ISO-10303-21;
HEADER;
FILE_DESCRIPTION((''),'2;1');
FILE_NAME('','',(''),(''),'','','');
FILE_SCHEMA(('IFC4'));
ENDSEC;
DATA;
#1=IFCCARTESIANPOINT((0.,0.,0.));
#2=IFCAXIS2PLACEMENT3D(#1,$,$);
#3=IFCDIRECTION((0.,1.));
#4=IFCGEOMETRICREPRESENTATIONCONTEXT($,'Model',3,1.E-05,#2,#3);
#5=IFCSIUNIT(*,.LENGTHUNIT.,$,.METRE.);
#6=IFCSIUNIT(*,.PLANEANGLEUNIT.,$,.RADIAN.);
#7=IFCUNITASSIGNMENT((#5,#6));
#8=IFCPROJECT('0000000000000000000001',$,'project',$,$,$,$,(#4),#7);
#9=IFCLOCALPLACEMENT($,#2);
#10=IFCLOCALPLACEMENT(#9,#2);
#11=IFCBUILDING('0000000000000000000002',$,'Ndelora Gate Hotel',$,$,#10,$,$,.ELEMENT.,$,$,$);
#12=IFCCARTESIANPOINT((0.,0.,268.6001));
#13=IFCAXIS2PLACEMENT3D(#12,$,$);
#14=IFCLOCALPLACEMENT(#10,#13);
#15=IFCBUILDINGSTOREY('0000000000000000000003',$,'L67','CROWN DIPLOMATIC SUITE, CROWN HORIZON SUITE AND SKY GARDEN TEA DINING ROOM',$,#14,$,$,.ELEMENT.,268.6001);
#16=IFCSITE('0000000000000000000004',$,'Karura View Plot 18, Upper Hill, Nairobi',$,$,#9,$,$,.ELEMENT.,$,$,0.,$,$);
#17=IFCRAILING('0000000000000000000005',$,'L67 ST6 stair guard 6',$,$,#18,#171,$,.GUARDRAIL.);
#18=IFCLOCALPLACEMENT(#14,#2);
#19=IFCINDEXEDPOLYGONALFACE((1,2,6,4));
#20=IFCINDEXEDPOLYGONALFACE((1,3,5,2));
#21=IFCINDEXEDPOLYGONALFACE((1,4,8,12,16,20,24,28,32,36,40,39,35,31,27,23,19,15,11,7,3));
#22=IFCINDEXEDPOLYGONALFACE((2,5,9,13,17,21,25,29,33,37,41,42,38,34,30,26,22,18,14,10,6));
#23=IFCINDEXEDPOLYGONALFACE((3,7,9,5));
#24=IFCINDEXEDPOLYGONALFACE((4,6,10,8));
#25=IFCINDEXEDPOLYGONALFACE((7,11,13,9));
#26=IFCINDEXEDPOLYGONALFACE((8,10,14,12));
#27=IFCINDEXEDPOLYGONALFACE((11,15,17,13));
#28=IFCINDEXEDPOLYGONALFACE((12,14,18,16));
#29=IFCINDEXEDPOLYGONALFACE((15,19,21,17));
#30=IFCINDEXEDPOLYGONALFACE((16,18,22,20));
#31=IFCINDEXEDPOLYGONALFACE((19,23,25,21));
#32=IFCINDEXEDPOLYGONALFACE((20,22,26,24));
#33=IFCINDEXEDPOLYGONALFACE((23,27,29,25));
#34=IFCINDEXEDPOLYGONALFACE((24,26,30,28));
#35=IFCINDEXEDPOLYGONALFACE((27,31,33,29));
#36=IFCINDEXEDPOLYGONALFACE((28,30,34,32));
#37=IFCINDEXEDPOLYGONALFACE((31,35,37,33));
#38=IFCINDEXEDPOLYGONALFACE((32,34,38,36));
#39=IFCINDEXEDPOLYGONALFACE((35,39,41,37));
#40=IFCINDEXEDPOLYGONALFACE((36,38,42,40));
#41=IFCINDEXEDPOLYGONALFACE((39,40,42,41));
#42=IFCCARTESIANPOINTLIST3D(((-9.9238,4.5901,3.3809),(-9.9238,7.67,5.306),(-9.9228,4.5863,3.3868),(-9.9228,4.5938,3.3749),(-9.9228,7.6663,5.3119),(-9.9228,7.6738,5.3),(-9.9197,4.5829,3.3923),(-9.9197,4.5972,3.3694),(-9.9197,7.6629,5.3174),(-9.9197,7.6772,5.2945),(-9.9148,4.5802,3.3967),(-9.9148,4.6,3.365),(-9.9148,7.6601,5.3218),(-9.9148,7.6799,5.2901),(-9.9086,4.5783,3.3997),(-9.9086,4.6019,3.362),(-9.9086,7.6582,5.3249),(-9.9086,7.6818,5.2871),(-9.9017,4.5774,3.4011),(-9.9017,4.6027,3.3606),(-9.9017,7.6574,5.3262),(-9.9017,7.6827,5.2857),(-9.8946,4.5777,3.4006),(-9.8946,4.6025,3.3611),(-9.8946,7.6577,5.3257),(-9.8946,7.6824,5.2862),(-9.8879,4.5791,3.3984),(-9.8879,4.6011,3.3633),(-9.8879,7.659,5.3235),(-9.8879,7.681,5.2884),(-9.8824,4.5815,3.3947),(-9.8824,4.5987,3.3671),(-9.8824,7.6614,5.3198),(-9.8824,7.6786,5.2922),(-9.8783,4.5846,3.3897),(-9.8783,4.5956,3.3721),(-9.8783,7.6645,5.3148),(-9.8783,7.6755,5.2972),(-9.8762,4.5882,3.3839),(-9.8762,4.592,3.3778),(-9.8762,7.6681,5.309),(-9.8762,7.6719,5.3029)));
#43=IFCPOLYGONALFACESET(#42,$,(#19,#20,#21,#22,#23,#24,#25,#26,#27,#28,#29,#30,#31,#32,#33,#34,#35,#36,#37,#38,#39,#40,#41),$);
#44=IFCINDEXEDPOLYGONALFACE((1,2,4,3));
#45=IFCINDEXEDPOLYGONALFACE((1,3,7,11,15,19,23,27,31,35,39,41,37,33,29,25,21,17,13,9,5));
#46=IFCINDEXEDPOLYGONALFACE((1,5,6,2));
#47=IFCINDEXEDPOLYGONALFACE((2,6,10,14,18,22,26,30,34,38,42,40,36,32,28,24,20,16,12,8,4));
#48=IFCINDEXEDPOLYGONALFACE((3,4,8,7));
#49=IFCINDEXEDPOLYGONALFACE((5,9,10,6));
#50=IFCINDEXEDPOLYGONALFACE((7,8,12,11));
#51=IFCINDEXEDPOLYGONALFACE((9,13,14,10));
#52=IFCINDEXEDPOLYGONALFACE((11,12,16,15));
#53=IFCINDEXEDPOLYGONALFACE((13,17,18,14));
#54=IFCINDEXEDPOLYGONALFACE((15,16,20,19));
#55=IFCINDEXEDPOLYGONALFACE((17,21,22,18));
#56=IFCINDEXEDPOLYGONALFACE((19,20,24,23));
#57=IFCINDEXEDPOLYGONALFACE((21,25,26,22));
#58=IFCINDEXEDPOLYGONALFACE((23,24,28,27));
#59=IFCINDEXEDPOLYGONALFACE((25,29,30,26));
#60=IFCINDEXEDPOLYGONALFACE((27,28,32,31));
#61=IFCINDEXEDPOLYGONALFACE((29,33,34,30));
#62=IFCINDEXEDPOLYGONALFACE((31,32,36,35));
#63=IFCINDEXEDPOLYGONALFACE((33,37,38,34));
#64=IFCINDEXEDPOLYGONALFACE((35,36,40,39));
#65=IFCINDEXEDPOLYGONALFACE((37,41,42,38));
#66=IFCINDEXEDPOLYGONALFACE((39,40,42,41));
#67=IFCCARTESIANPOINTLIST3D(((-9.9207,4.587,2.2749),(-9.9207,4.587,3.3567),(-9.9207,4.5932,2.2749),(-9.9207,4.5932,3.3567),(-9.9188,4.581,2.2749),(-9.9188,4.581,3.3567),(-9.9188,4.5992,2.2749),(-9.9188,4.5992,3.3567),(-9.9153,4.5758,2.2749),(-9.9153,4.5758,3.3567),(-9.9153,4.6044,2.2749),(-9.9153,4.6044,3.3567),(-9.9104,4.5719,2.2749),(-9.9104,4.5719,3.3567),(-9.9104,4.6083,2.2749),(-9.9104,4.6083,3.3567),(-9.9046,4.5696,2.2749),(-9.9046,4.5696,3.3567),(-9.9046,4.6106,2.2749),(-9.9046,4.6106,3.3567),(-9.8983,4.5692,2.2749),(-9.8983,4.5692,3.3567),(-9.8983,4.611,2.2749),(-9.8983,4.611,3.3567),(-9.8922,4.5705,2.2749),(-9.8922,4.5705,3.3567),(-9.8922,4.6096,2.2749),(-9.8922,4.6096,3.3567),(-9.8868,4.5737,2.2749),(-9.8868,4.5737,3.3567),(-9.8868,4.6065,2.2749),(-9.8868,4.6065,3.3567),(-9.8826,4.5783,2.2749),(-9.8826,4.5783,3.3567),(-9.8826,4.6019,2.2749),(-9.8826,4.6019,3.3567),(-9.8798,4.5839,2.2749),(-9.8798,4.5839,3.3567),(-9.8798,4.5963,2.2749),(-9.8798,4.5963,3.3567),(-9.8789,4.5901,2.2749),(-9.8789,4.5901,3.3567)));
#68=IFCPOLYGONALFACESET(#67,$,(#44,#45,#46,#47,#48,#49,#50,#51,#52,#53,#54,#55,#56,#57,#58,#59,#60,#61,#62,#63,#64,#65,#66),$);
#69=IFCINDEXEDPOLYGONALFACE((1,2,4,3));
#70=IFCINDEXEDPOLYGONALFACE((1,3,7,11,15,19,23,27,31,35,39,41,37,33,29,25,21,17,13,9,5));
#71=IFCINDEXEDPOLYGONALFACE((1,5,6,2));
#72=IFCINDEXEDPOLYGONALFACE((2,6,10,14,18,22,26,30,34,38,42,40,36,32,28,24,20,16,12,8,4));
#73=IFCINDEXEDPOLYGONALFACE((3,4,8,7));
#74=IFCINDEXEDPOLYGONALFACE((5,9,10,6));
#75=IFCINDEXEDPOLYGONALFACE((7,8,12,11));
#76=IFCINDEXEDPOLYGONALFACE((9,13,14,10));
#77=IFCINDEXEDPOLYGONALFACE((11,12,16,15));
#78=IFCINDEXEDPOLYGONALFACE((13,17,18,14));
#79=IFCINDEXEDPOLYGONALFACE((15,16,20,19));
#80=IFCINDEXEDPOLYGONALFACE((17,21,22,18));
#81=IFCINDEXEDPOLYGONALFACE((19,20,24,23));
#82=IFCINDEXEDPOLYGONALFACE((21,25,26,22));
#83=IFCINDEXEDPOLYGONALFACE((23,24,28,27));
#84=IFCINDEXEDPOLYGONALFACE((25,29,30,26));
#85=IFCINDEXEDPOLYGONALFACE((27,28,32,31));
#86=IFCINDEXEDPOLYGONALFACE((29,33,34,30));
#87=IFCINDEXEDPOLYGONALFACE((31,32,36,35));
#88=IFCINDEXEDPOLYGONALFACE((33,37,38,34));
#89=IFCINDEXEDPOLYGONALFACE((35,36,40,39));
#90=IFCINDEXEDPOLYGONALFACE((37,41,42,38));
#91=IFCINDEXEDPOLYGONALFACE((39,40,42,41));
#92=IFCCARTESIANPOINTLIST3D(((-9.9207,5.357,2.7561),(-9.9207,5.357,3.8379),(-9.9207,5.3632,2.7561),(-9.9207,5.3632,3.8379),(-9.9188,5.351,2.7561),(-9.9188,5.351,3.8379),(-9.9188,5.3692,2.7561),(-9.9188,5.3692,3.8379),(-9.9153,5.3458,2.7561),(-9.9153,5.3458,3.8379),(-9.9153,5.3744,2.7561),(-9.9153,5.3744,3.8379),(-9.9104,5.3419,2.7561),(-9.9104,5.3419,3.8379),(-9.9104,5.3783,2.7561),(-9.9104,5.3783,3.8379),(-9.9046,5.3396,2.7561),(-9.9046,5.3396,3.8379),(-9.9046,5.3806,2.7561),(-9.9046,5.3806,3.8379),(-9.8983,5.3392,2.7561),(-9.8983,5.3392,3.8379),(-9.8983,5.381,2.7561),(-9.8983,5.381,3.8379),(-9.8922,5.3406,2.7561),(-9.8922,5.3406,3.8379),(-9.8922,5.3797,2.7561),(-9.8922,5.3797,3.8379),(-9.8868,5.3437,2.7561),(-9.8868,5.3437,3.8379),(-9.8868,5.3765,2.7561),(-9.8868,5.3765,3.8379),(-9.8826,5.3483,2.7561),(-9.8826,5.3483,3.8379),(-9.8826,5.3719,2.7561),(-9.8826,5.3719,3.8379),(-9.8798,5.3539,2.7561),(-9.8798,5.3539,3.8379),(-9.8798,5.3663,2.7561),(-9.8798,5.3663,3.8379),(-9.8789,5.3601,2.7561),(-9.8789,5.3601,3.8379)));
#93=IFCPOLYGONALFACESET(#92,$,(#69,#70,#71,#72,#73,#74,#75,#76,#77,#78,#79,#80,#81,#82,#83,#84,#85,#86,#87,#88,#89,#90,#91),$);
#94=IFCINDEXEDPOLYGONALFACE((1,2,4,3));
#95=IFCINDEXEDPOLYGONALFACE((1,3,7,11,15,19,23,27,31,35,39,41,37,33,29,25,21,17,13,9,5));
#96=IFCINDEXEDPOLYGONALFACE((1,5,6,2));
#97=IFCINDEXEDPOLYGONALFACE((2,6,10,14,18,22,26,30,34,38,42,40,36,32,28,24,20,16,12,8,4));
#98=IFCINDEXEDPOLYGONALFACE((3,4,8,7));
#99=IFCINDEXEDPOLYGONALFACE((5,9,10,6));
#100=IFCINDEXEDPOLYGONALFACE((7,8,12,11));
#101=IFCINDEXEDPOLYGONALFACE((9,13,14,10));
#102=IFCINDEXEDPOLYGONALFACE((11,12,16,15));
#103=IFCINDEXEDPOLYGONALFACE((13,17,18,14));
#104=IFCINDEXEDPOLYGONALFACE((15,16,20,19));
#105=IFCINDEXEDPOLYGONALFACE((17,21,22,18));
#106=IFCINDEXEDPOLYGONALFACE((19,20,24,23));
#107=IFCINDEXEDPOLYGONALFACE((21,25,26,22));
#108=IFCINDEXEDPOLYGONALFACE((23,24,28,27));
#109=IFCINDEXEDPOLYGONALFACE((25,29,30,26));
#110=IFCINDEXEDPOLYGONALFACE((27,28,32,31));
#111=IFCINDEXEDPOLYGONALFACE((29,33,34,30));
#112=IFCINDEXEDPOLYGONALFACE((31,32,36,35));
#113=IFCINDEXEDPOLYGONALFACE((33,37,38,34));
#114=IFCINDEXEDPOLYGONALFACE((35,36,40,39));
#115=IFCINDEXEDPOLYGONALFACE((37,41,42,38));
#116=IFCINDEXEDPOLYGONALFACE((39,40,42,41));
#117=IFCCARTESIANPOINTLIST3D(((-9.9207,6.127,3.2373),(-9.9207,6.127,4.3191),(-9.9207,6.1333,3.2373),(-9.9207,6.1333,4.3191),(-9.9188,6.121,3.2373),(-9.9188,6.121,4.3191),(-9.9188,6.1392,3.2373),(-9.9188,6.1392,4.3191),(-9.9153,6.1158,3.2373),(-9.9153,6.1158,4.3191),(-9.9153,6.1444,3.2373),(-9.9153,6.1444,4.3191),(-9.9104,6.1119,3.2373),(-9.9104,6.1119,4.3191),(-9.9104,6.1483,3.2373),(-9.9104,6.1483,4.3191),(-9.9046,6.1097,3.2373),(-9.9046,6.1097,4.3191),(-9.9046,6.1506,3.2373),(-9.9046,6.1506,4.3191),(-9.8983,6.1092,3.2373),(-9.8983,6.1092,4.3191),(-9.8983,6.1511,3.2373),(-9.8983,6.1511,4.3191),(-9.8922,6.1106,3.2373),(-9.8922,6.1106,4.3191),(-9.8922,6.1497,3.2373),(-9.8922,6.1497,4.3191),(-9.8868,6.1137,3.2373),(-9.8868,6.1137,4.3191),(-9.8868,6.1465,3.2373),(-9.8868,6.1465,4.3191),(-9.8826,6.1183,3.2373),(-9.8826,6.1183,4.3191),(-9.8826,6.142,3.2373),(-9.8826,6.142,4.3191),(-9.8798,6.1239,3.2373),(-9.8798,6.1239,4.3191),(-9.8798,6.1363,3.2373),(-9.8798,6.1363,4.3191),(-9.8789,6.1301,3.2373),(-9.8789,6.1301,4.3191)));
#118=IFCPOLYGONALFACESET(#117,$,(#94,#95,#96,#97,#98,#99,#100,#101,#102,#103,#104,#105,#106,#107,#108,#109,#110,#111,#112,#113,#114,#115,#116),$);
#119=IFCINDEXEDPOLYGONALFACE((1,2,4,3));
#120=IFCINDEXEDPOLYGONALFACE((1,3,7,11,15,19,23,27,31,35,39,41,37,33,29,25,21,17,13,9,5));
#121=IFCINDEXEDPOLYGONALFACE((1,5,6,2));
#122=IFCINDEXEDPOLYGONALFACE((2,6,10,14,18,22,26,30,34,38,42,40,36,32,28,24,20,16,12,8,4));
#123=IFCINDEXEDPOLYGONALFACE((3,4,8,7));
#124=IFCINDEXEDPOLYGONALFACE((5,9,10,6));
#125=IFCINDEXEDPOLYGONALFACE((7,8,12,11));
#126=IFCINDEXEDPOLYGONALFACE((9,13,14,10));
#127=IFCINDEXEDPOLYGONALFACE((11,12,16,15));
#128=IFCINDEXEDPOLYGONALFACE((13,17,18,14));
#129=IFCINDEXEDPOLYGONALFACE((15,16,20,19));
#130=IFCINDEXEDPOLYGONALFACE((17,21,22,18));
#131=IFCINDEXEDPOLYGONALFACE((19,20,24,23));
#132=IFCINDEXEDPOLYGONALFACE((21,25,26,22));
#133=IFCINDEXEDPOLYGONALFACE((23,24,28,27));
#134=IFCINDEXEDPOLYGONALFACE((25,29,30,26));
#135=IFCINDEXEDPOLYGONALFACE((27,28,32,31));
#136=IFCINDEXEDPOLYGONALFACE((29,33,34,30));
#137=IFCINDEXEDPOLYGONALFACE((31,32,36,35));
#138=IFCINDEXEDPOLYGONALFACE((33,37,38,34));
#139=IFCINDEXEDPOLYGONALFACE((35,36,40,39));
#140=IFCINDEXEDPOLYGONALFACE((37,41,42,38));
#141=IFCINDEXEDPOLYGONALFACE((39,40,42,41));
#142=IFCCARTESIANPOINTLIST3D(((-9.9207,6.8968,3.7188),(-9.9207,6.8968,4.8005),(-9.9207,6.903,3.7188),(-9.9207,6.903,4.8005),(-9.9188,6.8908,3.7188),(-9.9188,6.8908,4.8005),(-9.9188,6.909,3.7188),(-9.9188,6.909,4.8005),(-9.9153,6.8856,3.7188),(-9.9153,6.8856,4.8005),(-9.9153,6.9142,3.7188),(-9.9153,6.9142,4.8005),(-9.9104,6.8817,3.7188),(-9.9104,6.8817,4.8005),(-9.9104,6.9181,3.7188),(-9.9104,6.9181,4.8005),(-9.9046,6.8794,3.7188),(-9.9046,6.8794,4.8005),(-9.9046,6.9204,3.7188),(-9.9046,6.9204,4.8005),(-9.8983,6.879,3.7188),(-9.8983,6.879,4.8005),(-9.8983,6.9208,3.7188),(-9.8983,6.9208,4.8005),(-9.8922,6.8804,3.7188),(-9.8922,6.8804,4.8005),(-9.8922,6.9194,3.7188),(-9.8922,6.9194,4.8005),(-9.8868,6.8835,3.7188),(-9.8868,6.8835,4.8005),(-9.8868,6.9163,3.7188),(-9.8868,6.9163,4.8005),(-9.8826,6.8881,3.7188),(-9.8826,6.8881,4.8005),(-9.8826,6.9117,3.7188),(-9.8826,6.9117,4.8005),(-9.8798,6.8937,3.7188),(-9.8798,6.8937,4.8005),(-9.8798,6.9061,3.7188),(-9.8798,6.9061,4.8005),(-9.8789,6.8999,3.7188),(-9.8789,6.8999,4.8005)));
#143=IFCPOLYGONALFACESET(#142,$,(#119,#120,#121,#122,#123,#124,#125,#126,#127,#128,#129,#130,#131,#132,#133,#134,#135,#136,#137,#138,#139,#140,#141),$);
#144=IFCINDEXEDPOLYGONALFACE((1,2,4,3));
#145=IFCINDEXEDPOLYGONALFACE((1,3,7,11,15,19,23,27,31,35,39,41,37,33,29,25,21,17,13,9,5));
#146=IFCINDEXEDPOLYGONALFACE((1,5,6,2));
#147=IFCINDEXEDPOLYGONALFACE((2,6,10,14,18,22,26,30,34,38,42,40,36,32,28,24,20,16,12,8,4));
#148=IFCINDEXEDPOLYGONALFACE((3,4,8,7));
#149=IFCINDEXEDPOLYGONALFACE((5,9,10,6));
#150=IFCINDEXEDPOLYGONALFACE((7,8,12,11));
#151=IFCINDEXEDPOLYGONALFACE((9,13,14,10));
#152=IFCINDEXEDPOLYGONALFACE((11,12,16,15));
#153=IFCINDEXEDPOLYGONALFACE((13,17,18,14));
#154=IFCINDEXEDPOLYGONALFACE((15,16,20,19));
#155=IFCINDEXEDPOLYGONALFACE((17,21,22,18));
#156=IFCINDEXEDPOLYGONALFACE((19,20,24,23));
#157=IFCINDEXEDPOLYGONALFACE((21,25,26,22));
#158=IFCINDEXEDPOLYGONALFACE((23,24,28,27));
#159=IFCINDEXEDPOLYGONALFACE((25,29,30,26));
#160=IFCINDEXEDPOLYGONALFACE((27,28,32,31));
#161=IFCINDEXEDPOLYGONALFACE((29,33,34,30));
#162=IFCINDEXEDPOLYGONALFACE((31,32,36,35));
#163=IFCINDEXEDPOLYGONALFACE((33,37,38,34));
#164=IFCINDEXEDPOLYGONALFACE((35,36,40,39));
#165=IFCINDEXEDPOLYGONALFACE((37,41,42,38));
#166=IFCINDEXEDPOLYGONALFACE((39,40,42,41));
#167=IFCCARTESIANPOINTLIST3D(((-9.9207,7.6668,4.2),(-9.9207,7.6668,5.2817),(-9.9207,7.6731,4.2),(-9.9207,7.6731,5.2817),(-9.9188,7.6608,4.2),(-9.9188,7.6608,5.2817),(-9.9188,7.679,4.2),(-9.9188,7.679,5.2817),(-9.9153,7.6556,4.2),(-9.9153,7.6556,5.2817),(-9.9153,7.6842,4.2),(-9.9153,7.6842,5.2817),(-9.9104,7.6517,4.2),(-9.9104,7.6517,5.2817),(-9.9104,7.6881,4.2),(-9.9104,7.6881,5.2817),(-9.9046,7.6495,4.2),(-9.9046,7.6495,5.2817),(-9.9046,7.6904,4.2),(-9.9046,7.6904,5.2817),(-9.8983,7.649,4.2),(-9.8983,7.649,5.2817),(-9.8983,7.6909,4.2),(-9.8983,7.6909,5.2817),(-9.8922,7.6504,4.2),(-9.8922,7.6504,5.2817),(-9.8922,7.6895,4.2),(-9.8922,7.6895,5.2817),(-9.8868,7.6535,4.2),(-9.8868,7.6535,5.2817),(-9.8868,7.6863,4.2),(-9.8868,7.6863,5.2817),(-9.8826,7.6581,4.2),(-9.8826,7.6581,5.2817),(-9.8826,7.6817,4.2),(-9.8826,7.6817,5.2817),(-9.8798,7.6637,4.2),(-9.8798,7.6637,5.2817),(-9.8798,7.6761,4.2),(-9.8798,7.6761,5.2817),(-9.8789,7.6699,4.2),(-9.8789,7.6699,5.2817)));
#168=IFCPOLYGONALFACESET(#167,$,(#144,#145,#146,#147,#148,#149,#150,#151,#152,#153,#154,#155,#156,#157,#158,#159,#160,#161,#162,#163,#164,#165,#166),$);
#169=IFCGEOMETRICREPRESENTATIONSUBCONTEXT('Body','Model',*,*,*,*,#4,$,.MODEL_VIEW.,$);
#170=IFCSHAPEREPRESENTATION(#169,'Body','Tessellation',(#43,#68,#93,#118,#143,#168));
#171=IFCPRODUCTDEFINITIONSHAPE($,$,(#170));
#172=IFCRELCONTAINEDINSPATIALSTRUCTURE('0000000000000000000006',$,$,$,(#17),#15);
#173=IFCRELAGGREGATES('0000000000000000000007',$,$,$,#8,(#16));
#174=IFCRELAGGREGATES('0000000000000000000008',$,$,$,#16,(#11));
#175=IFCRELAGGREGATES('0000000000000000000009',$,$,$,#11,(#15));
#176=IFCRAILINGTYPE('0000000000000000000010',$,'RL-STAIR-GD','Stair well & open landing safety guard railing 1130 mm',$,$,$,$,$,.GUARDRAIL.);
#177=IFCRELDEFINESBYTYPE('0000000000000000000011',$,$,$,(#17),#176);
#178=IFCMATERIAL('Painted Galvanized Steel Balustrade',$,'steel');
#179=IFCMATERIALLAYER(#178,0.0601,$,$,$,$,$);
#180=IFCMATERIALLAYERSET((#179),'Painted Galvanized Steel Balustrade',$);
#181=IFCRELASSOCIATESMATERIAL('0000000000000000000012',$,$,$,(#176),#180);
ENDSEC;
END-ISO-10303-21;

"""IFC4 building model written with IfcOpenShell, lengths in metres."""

from ifc_helpers import new_model, si_unit, direction, frame, origin, origin_2d, place, context, subcontext, project, spatial, circle, extrude, material, layer, layer_set, type_object, element, save


model = new_model("IFC4")

# Units and contexts
model_context = context("Model", 3, precision=1e-05, world=origin(), true_north=direction((0.0, 1.0)))
body_context = subcontext(model_context, "Body", "Model", "MODEL_VIEW")
ifc_project = project(units=[si_unit("LENGTHUNIT", "METRE"), si_unit("PLANEANGLEUNIT", "RADIAN")], contexts=[model_context])

# Site, building, storey
site_placement = place(None, origin())
site = spatial("IfcSite", under=ifc_project, at=site_placement, Name="Karura View Plot 18, Upper Hill, Nairobi", CompositionType="ELEMENT", RefElevation=0.0)
building_placement = place(site_placement, origin())
building = spatial("IfcBuilding", under=site, at=building_placement, Name="Ndelora Gate Hotel", CompositionType="ELEMENT")
storey_placement = place(building_placement, frame((0.0, 0.0, 268.6001)))
storey = spatial("IfcBuildingStorey", under=building, at=storey_placement, Name="L67", Description="CROWN DIPLOMATIC SUITE, CROWN HORIZON SUITE AND SKY GARDEN TEA DINING ROOM", CompositionType="ELEMENT", Elevation=268.6001)

# Railing
ifc_material_1 = material(Name="Painted Galvanized Steel Balustrade", Category="steel")
ifc_layer_1 = layer(ifc_material_1, 0.0601)
ifc_layer_set_1 = layer_set([ifc_layer_1], Name="Painted Galvanized Steel Balustrade")
railing_type_1 = type_object("IfcRailingType", Name="RL-STAIR-GD", Description="Stair well & open landing safety guard railing 1130 mm", PredefinedType="GUARDRAIL", material=ifc_layer_set_1)
railing_1_placement = place(storey_placement, frame((-9.8999, 4.5901, 2.2749)))
element("IfcRailing", 1, at=railing_1_placement, inside=storey, type_object=railing_type_1, Name="L67 ST6 stair guard 6", PredefinedType="GUARDRAIL", context=body_context, shape_type="SweptSolid", body=[
    extrude(circle(Radius=0.0239, at=origin_2d()), frame((0.0, 0.0, 1.106), z_axis=(0.0, 0.847979, 0.530029), x_axis=(-1.0, 0.0, 0.0)), (0.0, 0.0, 1.0), 3.6321),
    extrude(circle(Radius=0.021, at=origin_2d()), origin(), (0.0, 0.0, 1.0), 1.0818),
    extrude(circle(Radius=0.021, at=origin_2d()), frame((0.0, 0.77, 0.4812)), (0.0, 0.0, 1.0), 1.0818),
    extrude(circle(Radius=0.021, at=origin_2d()), frame((0.0, 1.54, 0.9624)), (0.0, 0.0, 1.0), 1.0818),
    extrude(circle(Radius=0.021, at=origin_2d()), frame((0.0, 2.3098, 1.4438)), (0.0, 0.0, 1.0), 1.0818),
    extrude(circle(Radius=0.021, at=origin_2d()), frame((0.0, 3.0798, 1.925)), (0.0, 0.0, 1.0), 1.0818),
])

save(model, "model.ifc")
